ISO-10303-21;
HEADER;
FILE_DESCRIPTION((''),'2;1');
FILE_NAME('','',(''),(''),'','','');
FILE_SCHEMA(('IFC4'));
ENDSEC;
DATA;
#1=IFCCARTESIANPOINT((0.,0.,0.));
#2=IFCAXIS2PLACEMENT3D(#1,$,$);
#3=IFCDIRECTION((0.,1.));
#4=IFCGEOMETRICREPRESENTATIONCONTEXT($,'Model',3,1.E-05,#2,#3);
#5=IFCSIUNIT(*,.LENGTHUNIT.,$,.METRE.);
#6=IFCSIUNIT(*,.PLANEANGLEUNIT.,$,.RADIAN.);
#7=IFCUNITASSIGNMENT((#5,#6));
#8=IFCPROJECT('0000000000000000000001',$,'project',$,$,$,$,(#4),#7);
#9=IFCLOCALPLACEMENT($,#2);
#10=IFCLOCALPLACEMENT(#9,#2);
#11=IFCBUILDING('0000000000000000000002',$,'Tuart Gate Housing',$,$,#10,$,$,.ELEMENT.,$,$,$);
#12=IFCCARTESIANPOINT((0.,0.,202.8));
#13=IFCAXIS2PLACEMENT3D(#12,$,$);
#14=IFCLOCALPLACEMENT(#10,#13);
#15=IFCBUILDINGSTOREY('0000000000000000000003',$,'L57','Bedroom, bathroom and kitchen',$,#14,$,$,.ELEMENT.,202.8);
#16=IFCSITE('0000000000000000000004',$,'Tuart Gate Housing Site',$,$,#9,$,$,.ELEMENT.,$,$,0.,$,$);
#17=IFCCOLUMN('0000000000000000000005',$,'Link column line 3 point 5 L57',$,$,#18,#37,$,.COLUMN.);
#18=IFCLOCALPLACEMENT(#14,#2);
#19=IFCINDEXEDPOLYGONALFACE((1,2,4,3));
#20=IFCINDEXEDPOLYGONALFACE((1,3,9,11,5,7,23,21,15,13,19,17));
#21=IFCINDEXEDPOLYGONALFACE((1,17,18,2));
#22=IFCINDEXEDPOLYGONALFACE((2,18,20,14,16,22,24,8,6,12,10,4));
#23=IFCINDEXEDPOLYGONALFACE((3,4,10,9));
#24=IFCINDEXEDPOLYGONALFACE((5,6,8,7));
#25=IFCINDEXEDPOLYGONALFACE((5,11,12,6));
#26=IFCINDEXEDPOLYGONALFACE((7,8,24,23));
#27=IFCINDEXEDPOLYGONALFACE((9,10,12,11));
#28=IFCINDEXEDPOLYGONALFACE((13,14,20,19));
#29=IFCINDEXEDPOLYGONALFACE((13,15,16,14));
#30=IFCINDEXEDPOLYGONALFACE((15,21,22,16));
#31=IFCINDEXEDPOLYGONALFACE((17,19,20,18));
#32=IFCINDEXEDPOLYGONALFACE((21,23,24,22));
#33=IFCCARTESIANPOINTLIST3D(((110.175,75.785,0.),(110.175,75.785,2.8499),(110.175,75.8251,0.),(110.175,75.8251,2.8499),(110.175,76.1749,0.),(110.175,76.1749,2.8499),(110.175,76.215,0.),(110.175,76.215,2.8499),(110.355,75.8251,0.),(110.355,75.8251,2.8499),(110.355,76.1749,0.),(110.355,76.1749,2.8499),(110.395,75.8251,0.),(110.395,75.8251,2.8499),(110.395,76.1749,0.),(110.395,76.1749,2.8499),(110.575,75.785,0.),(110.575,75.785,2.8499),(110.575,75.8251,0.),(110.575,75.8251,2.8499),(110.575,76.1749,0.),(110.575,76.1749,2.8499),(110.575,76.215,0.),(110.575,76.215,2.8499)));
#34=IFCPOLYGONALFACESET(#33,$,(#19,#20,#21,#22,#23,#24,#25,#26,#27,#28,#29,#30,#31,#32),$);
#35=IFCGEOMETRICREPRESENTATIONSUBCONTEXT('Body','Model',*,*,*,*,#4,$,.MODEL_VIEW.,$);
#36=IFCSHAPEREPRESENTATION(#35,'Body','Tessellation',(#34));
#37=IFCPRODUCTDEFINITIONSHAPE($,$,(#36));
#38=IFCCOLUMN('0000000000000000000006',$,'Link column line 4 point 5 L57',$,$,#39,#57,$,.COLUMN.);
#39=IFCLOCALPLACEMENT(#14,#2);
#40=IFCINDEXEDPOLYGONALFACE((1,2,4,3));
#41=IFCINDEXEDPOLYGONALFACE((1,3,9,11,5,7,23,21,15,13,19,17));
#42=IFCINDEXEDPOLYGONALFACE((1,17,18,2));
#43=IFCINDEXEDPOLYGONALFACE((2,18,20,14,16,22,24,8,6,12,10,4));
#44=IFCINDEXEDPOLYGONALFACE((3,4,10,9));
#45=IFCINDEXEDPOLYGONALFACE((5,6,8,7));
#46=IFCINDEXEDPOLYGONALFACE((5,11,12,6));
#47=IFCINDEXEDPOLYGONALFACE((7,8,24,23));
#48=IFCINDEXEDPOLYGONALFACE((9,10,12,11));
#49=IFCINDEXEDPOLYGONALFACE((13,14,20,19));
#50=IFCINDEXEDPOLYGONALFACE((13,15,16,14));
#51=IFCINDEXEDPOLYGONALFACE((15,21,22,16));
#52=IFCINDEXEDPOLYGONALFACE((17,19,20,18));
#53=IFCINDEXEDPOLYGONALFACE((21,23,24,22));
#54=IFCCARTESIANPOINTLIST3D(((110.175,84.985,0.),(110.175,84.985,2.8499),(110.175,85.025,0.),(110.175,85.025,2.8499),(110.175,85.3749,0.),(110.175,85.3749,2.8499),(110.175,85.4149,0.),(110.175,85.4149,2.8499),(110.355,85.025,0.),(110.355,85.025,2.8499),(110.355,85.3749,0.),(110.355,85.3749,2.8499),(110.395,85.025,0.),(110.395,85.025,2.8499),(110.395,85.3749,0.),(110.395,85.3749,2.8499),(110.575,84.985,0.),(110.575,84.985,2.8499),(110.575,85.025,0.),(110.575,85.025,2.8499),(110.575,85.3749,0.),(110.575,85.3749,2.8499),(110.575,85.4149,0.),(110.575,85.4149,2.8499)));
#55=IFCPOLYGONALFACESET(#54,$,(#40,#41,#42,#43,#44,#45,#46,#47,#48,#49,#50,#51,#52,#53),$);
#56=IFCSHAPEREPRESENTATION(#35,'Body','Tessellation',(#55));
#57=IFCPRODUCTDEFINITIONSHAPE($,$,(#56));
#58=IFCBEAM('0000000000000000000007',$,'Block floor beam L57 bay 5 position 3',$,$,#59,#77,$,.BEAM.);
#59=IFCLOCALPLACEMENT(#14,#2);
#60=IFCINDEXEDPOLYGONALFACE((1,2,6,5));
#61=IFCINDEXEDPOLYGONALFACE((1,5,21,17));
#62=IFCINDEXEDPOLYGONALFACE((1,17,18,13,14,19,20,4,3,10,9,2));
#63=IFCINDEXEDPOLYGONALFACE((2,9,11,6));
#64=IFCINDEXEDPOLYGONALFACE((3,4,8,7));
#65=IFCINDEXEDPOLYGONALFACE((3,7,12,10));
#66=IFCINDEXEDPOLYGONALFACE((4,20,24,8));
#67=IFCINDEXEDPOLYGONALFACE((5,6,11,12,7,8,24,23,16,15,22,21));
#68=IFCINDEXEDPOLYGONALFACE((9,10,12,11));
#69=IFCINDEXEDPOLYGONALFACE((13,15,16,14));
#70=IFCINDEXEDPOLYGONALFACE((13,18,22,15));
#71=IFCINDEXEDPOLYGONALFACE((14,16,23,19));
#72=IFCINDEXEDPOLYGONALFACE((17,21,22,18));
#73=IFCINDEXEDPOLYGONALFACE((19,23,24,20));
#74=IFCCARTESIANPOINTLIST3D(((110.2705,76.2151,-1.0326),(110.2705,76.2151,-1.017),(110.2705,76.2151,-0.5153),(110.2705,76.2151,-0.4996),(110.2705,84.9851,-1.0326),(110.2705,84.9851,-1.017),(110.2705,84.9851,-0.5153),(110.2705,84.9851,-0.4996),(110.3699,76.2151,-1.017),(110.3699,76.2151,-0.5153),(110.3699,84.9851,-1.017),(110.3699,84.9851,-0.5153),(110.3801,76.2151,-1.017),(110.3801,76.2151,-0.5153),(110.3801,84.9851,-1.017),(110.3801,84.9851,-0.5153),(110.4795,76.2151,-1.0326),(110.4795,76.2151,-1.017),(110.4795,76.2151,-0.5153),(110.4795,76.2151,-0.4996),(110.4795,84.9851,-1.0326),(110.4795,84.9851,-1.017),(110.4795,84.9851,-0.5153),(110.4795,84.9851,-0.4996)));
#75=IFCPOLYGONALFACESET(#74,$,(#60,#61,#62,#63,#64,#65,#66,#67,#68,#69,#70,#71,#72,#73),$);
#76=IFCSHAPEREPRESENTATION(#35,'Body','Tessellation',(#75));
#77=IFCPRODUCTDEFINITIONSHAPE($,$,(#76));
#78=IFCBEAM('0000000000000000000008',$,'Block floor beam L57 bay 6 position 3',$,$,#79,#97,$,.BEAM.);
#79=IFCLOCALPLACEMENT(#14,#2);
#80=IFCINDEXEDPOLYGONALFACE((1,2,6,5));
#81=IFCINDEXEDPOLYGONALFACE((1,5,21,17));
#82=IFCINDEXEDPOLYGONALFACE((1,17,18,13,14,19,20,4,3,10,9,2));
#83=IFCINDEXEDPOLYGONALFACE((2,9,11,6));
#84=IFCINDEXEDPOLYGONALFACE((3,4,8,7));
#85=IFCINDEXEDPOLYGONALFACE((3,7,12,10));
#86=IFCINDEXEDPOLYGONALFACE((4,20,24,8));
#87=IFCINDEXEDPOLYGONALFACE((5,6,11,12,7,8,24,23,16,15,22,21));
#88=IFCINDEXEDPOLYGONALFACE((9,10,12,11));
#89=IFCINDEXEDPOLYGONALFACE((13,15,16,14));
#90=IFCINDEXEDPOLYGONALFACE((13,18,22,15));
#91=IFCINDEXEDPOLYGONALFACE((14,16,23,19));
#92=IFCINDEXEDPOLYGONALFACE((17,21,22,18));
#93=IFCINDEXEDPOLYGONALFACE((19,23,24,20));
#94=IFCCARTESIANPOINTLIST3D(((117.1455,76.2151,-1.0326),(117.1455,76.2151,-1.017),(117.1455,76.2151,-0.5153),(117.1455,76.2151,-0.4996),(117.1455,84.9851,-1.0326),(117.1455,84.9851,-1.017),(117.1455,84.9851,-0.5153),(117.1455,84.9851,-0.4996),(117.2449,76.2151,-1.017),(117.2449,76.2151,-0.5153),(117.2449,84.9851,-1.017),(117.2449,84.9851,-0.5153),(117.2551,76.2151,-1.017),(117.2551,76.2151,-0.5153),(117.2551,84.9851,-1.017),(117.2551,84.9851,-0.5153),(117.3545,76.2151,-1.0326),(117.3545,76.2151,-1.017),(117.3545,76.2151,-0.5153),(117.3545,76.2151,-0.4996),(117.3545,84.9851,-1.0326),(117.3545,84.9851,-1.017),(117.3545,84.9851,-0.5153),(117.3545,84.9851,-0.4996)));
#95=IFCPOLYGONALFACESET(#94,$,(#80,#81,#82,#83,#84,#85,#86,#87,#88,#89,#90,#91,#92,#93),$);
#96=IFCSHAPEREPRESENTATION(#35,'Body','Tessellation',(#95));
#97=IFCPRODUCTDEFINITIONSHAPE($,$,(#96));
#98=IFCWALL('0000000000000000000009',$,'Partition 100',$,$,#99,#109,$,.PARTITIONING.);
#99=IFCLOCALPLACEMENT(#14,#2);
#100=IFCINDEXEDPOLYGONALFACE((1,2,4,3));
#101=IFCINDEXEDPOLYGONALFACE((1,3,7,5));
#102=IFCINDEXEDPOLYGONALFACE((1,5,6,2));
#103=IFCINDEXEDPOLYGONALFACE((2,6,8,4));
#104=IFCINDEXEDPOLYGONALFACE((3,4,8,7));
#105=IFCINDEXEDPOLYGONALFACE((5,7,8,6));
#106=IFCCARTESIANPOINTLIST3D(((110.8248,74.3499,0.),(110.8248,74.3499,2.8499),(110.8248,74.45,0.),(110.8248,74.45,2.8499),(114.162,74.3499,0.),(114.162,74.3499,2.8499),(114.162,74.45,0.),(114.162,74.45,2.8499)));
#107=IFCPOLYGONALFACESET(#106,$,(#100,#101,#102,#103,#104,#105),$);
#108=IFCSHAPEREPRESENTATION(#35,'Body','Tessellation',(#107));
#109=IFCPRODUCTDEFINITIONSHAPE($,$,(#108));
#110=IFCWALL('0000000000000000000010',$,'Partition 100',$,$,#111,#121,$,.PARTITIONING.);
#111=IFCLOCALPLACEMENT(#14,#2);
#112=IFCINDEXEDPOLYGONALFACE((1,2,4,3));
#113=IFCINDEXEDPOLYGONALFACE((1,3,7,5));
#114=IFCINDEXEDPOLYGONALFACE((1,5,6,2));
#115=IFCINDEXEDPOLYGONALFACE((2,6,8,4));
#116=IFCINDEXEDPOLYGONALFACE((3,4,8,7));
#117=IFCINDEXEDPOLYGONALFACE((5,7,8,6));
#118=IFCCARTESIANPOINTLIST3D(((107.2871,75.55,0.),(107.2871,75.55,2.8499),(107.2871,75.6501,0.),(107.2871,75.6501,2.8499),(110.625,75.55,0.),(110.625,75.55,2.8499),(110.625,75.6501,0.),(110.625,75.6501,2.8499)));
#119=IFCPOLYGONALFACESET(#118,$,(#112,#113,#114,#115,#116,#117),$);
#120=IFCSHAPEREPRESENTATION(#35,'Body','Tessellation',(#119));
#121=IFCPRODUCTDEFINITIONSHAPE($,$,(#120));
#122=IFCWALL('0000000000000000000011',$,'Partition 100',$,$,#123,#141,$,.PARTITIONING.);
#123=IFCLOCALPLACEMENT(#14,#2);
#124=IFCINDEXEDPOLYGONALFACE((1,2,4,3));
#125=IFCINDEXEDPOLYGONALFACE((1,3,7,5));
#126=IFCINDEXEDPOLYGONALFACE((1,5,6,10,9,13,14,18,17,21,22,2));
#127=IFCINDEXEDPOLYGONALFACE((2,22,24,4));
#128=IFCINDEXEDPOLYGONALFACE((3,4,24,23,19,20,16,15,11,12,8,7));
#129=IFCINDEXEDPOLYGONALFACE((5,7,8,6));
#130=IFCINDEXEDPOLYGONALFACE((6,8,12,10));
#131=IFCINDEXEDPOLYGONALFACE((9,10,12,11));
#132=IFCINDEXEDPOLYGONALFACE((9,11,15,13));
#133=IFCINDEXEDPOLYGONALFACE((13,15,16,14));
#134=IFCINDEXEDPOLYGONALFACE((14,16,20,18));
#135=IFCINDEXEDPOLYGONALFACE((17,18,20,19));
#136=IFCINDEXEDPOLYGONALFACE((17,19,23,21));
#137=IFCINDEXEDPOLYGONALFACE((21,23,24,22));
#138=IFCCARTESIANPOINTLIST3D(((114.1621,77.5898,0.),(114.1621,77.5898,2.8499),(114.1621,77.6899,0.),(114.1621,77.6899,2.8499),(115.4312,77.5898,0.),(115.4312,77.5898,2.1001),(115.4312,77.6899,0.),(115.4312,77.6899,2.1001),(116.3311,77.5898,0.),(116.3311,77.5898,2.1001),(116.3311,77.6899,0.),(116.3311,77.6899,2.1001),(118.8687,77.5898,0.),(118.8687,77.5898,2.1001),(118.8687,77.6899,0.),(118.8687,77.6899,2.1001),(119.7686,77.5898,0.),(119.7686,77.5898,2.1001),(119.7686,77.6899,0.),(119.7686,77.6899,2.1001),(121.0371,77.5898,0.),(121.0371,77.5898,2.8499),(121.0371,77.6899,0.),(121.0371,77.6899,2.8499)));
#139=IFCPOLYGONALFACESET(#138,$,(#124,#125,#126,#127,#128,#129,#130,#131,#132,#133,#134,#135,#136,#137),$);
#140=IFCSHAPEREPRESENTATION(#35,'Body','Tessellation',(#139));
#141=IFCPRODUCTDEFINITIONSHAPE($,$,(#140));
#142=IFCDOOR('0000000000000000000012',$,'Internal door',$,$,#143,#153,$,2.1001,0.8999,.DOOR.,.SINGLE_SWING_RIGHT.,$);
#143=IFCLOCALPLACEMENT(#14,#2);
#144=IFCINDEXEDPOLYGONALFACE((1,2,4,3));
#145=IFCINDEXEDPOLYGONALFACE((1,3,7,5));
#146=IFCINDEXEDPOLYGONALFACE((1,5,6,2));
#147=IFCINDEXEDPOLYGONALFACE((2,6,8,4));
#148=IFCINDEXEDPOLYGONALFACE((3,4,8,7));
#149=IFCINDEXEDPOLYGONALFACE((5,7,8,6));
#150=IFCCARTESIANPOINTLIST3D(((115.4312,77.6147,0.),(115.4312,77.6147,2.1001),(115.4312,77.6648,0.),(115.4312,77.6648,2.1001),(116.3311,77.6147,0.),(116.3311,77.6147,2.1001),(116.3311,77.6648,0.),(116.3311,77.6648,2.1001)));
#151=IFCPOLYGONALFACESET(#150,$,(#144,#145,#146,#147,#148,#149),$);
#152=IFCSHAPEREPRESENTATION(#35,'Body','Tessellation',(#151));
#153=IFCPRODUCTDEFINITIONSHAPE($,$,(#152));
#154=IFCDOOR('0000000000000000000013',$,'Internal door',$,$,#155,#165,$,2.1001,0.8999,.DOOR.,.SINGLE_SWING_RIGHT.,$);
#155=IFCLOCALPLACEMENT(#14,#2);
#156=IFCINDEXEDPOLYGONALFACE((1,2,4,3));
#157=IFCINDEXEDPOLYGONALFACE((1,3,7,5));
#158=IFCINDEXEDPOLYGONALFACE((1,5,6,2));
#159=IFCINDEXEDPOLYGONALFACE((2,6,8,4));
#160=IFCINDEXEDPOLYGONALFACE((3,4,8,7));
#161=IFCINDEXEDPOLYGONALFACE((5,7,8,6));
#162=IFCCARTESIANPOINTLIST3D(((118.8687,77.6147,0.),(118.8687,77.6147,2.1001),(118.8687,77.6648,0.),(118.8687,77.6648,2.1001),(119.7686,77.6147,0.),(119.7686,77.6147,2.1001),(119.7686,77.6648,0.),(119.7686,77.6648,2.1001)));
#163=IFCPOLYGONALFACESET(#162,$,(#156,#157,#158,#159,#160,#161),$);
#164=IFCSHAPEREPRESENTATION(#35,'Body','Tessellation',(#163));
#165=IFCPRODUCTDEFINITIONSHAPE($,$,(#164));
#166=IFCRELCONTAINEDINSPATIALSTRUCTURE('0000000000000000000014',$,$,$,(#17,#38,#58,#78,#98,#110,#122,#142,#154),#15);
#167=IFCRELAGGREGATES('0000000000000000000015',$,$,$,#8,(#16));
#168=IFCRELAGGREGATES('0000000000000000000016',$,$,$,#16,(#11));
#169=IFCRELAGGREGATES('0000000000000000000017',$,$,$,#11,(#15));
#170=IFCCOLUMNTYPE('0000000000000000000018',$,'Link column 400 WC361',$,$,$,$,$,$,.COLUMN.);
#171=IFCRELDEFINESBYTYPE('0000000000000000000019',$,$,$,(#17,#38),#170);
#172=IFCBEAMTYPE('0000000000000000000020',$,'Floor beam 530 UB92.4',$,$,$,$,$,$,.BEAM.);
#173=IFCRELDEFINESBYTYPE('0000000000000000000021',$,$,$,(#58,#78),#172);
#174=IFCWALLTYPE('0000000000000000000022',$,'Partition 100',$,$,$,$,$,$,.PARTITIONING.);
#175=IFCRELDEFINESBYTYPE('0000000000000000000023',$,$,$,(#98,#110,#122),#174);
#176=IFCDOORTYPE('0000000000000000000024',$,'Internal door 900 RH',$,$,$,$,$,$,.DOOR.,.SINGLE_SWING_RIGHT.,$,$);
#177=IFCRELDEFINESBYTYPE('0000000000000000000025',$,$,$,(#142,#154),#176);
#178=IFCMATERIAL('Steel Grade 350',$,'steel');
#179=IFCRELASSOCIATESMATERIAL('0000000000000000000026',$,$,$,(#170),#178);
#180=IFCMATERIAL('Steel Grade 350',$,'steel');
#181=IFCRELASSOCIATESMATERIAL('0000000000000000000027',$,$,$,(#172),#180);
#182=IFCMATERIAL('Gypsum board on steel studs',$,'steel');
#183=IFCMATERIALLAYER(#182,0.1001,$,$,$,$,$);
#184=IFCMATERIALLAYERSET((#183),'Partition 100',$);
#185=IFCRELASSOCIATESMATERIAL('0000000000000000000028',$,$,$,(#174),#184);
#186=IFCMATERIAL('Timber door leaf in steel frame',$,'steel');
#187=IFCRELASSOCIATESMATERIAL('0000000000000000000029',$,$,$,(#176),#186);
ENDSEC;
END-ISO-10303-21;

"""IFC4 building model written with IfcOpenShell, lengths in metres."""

from ifc_helpers import new_model, si_unit, direction, frame, frame_2d, origin, origin_2d, place, context, subcontext, project, spatial, rectangle, i_section, extrude, material, layer, layer_set, material_profile, profile_set, type_object, element, fill, save


model = new_model("IFC4")

# Units and contexts
model_context = context("Model", 3, precision=1e-05, world=origin(), true_north=direction((0.0, 1.0)))
body_context = subcontext(model_context, "Body", "Model", "MODEL_VIEW")
ifc_project = project(units=[si_unit("LENGTHUNIT", "METRE"), si_unit("PLANEANGLEUNIT", "RADIAN")], contexts=[model_context])

# Site, building, storey
site_placement = place(None, origin())
site = spatial("IfcSite", under=ifc_project, at=site_placement, Name="Tuart Gate Housing Site", CompositionType="ELEMENT", RefElevation=0.0)
building_placement = place(site_placement, origin())
building = spatial("IfcBuilding", under=site, at=building_placement, Name="Tuart Gate Housing", CompositionType="ELEMENT")
storey_placement = place(building_placement, frame((0.0, 0.0, 202.8)))
storey = spatial("IfcBuildingStorey", under=building, at=storey_placement, Name="L57", Description="Bedroom, bathroom and kitchen", CompositionType="ELEMENT", Elevation=202.8)

# Columns
ifc_material_1 = material(Name="Steel Grade 350", Category="steel")
ifc_material_profile_1 = material_profile(ifc_material_1, i_section(OverallWidth=0.3999, OverallDepth=0.4299, WebThickness=0.04, FlangeThickness=0.04, at=origin_2d()), Name="400WC361")
ifc_profile_set_1 = profile_set([ifc_material_profile_1], Name="Steel Grade 350")
column_type = type_object("IfcColumnType", Name="Link column 400 WC361", PredefinedType="COLUMN", material=ifc_profile_set_1)
for number, where, z_axis, x_axis, name in (
    (1, (110.375, 76.0, 0.0), (0.0, 0.0, 1.0), (1.0, 0.0, 0.0), "Link column line 3 point 5 L57"),
    (2, (110.375, 85.2, 0.0), (0.0, 0.0, 1.0), (1.0, 0.0, 0.0), "Link column line 4 point 5 L57"),
):
    element("IfcColumn", number, at=place(storey_placement, frame(where, z_axis=z_axis, x_axis=x_axis)), inside=storey, type_object=column_type, Name=name, PredefinedType="COLUMN", context=body_context, shape_type="SweptSolid", body=[
        extrude(i_section(OverallWidth=0.3999, OverallDepth=0.4299, WebThickness=0.04, FlangeThickness=0.04, at=origin_2d()), origin(), (0.0, 0.0, 1.0), 2.8499),
    ])

# Beams
ifc_material_2 = material(Name="Steel Grade 350", Category="steel")
ifc_material_profile_2 = material_profile(ifc_material_2, i_section(OverallWidth=0.209, OverallDepth=0.533, WebThickness=0.0103, FlangeThickness=0.0156, at=origin_2d()), Name="530UB92.4")
ifc_profile_set_2 = profile_set([ifc_material_profile_2], Name="Steel Grade 350")
beam_type = type_object("IfcBeamType", Name="Floor beam 530 UB92.4", PredefinedType="BEAM", material=ifc_profile_set_2)
for number, where, z_axis, x_axis, name in (
    (3, (110.375, 76.2151, -0.7661), (0.0, 1.0, 0.0), (-1.0, 0.0, 0.0), "Block floor beam L57 bay 5 position 3"),
    (4, (117.25, 76.2151, -0.7661), (0.0, 1.0, 0.0), (-1.0, 0.0, 0.0), "Block floor beam L57 bay 6 position 3"),
):
    element("IfcBeam", number, at=place(storey_placement, frame(where, z_axis=z_axis, x_axis=x_axis)), inside=storey, type_object=beam_type, Name=name, PredefinedType="BEAM", context=body_context, shape_type="SweptSolid", body=[
        extrude(i_section(OverallWidth=0.209, OverallDepth=0.533, WebThickness=0.0103, FlangeThickness=0.0156, at=origin_2d()), origin(), (0.0, 0.0, 1.0), 8.77),
    ])

# Walls
ifc_material_3 = material(Name="Gypsum board on steel studs", Category="steel")
ifc_layer_1 = layer(ifc_material_3, 0.1001)
ifc_layer_set_1 = layer_set([ifc_layer_1], Name="Partition 100")
wall_type_1 = type_object("IfcWallType", Name="Partition 100", PredefinedType="PARTITIONING", material=ifc_layer_set_1)
wall_1_placement = place(storey_placement, frame((110.825, 74.3999, 0.0), z_axis=(0.0, 0.0, 1.0), x_axis=(1.0, 0.0, 0.0)))
element("IfcWall", 5, at=wall_1_placement, inside=storey, type_object=wall_type_1, Name="Partition 100", PredefinedType="PARTITIONING", context=body_context, shape_type="SweptSolid", body=[
    extrude(rectangle(XDim=3.3372, YDim=0.1001, at=frame_2d((1.6685, 0.0))), origin(), (0.0, 0.0, 1.0), 2.8499),
])
wall_2_placement = place(storey_placement, frame((107.2871, 75.6001, 0.0), z_axis=(0.0, 0.0, 1.0), x_axis=(1.0, 0.0, 0.0)))
element("IfcWall", 6, at=wall_2_placement, inside=storey, type_object=wall_type_1, Name="Partition 100", PredefinedType="PARTITIONING", context=body_context, shape_type="SweptSolid", body=[
    extrude(rectangle(XDim=3.3379, YDim=0.1001, at=frame_2d((1.6689, 0.0))), origin(), (0.0, 0.0, 1.0), 2.8499),
])

# Wall, openings, doors
wall_3_placement = place(storey_placement, frame((114.1621, 77.6399, 0.0), z_axis=(0.0, 0.0, 1.0), x_axis=(1.0, 0.0, 0.0)))
wall_3 = element("IfcWall", 7, at=wall_3_placement, inside=storey, type_object=wall_type_1, Name="Partition 100", PredefinedType="PARTITIONING", context=body_context, shape_type="SweptSolid", body=[
    extrude(rectangle(XDim=6.875, YDim=0.1001, at=frame_2d((3.4375, 0.0))), origin(), (0.0, 0.0, 1.0), 2.8499),
])
opening_1_placement = place(wall_3_placement, frame((1.269, 0.0, 0.0)))
opening_1 = element("IfcOpeningElement", 8, at=opening_1_placement, cuts=wall_3, PredefinedType="OPENING", context=body_context, shape_type="SweptSolid", body=[
    extrude(rectangle(XDim=0.8999, YDim=2.1001, at=frame_2d((0.45, 1.05))), frame((0.0, 0.0601, 0.0), z_axis=(0.0, -1.0, 0.0), x_axis=(1.0, 0.0, 0.0)), (0.0, 0.0, 1.0), 0.1201),
])
opening_2_placement = place(wall_3_placement, frame((4.7065, 0.0, 0.0)))
opening_2 = element("IfcOpeningElement", 9, at=opening_2_placement, cuts=wall_3, PredefinedType="OPENING", context=body_context, shape_type="SweptSolid", body=[
    extrude(rectangle(XDim=0.8999, YDim=2.1001, at=frame_2d((0.45, 1.05))), frame((0.0, 0.0601, 0.0), z_axis=(0.0, -1.0, 0.0), x_axis=(1.0, 0.0, 0.0)), (0.0, 0.0, 1.0), 0.1201),
])
ifc_material_4 = material(Name="Timber door leaf in steel frame", Category="steel")
door_type_1 = type_object("IfcDoorType", Name="Internal door 900 RH", OperationType="SINGLE_SWING_RIGHT", PredefinedType="DOOR", material=ifc_material_4)
door_1_placement = place(opening_1_placement, frame((0.8999, 0.0, 0.0), z_axis=(0.0, 0.0, 1.0), x_axis=(-1.0, 0.0, 0.0)))
door_1 = element("IfcDoor", 10, at=door_1_placement, inside=storey, type_object=door_type_1, Name="Internal door", OperationType="SINGLE_SWING_RIGHT", OverallHeight=2.1001, OverallWidth=0.8999, PredefinedType="DOOR", context=body_context, shape_type="SweptSolid", body=[
    extrude(rectangle(XDim=0.8999, YDim=2.1001, at=frame_2d((0.45, 1.05))), frame((0.0, 0.0251, 0.0), z_axis=(0.0, -1.0, 0.0), x_axis=(1.0, 0.0, 0.0)), (0.0, 0.0, 1.0), 0.05),
])
fill(opening_1, door_1)
door_2_placement = place(opening_2_placement, frame((0.8999, 0.0, 0.0), z_axis=(0.0, 0.0, 1.0), x_axis=(-1.0, 0.0, 0.0)))
door_2 = element("IfcDoor", 11, at=door_2_placement, inside=storey, type_object=door_type_1, Name="Internal door", OperationType="SINGLE_SWING_RIGHT", OverallHeight=2.1001, OverallWidth=0.8999, PredefinedType="DOOR", context=body_context, shape_type="SweptSolid", body=[
    extrude(rectangle(XDim=0.8999, YDim=2.1001, at=frame_2d((0.45, 1.05))), frame((0.0, 0.0251, 0.0), z_axis=(0.0, -1.0, 0.0), x_axis=(1.0, 0.0, 0.0)), (0.0, 0.0, 1.0), 0.05),
])
fill(opening_2, door_2)

save(model, "model.ifc")
